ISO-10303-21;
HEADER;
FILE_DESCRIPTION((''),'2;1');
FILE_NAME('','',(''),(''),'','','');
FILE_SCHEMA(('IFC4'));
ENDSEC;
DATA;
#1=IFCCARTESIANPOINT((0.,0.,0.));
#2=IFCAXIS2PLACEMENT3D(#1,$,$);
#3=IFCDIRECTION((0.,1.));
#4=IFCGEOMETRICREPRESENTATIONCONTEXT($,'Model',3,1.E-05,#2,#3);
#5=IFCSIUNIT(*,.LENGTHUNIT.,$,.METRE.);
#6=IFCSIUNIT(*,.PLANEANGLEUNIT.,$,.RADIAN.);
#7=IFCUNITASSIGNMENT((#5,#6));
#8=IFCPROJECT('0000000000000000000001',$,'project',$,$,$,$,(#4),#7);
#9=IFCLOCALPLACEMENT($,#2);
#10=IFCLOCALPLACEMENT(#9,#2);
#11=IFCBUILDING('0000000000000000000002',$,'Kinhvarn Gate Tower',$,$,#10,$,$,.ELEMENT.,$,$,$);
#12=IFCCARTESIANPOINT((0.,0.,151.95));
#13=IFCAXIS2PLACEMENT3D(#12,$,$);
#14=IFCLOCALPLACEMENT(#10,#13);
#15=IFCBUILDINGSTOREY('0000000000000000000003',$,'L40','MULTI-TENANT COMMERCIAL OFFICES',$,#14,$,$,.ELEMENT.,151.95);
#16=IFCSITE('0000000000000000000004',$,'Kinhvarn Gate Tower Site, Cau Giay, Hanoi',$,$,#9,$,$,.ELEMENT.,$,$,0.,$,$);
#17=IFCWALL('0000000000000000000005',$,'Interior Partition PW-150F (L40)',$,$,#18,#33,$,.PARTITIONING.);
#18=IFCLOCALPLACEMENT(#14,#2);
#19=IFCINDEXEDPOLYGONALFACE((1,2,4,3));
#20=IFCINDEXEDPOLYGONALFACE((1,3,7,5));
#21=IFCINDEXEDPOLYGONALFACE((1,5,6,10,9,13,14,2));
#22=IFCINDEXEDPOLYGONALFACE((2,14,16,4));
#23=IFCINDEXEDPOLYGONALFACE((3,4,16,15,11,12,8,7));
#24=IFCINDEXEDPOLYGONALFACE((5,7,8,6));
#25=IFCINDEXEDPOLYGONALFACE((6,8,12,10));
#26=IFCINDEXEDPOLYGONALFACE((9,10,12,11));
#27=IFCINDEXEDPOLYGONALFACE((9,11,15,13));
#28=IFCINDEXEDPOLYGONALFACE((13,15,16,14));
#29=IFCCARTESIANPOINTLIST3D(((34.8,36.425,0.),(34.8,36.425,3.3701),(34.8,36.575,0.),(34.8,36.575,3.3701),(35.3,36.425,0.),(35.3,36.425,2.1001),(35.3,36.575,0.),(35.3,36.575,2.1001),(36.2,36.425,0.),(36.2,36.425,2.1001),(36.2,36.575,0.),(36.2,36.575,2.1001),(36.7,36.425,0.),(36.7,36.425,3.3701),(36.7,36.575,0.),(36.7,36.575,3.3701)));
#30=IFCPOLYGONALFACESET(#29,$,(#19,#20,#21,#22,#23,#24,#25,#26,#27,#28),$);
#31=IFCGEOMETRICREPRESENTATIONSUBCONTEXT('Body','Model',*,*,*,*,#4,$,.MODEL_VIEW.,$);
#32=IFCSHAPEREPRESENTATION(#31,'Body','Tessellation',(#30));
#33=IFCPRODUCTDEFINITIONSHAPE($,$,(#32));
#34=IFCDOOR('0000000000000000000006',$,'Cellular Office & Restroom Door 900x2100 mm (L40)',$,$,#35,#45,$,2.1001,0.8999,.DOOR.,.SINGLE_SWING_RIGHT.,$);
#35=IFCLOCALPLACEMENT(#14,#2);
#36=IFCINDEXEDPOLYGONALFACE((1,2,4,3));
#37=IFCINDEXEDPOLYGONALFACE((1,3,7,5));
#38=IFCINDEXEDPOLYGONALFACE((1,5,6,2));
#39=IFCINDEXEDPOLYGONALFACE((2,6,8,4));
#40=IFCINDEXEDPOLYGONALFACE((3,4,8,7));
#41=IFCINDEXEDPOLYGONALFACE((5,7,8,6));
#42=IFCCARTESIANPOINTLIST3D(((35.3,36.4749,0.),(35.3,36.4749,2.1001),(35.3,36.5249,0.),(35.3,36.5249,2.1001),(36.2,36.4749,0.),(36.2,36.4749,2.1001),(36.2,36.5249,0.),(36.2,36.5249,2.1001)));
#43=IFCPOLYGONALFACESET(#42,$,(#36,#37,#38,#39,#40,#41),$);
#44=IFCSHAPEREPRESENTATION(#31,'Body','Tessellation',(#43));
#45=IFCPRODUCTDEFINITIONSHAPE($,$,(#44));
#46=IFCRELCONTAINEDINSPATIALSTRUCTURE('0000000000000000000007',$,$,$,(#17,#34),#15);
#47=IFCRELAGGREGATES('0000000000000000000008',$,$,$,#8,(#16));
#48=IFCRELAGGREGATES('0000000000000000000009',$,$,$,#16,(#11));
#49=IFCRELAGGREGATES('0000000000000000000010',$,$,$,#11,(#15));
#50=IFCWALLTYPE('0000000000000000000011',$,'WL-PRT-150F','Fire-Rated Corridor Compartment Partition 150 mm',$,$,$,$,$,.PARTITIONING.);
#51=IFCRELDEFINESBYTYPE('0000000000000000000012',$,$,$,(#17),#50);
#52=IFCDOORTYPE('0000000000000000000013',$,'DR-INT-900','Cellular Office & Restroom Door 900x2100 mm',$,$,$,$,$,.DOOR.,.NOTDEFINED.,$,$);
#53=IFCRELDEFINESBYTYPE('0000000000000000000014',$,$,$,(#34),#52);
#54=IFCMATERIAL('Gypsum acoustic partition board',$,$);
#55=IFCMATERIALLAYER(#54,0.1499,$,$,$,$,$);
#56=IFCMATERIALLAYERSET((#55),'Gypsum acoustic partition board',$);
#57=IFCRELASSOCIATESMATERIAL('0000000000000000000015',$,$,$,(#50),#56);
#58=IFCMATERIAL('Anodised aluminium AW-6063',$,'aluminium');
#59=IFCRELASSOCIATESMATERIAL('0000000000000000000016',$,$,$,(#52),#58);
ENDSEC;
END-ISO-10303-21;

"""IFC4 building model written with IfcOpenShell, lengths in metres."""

from ifc_helpers import new_model, si_unit, direction, frame, frame_2d, origin, place, context, subcontext, project, spatial, rectangle, extrude, material, layer, layer_set, type_object, element, fill, save


model = new_model("IFC4")

# Units and contexts
model_context = context("Model", 3, precision=1e-05, world=origin(), true_north=direction((0.0, 1.0)))
body_context = subcontext(model_context, "Body", "Model", "MODEL_VIEW")
ifc_project = project(units=[si_unit("LENGTHUNIT", "METRE"), si_unit("PLANEANGLEUNIT", "RADIAN")], contexts=[model_context])

# Site, building, storey
site_placement = place(None, origin())
site = spatial("IfcSite", under=ifc_project, at=site_placement, Name="Kinhvarn Gate Tower Site, Cau Giay, Hanoi", CompositionType="ELEMENT", RefElevation=0.0)
building_placement = place(site_placement, origin())
building = spatial("IfcBuilding", under=site, at=building_placement, Name="Kinhvarn Gate Tower", CompositionType="ELEMENT")
storey_placement = place(building_placement, frame((0.0, 0.0, 151.95)))
storey = spatial("IfcBuildingStorey", under=building, at=storey_placement, Name="L40", Description="MULTI-TENANT COMMERCIAL OFFICES", CompositionType="ELEMENT", Elevation=151.95)

# Shared definitions
ifc_material_1 = material(Name="Anodised aluminium AW-6063", Category="aluminium")

# Shared definitions
ifc_material_2 = material(Name="Gypsum acoustic partition board")

# Wall, opening, door
ifc_layer_1 = layer(ifc_material_2, 0.1499)
ifc_layer_set_1 = layer_set([ifc_layer_1], Name="Gypsum acoustic partition board")
wall_type_1 = type_object("IfcWallType", Name="WL-PRT-150F", Description="Fire-Rated Corridor Compartment Partition 150 mm", PredefinedType="PARTITIONING", material=ifc_layer_set_1)
wall_1_placement = place(storey_placement, frame((34.8, 36.5, 0.0), z_axis=(0.0, 0.0, 1.0), x_axis=(1.0, 0.0, 0.0)))
wall_1 = element("IfcWall", 1, at=wall_1_placement, inside=storey, type_object=wall_type_1, Name="Interior Partition PW-150F (L40)", PredefinedType="PARTITIONING", context=body_context, shape_type="SweptSolid", body=[
    extrude(rectangle(XDim=1.8999, YDim=0.1499, at=frame_2d((0.95, 0.0))), origin(), (0.0, 0.0, 1.0), 3.3701),
])
opening_placement = place(wall_1_placement, frame((0.5, 0.0, 0.0)))
opening = element("IfcOpeningElement", 2, at=opening_placement, cuts=wall_1, PredefinedType="OPENING", context=body_context, shape_type="SweptSolid", body=[
    extrude(rectangle(XDim=0.8999, YDim=2.1001, at=frame_2d((0.45, 1.05))), frame((0.0, 0.085, 0.0), z_axis=(0.0, -1.0, 0.0), x_axis=(1.0, 0.0, 0.0)), (0.0, 0.0, 1.0), 0.1699),
])
door_type = type_object("IfcDoorType", Name="DR-INT-900", Description="Cellular Office & Restroom Door 900x2100 mm", OperationType="NOTDEFINED", PredefinedType="DOOR", material=ifc_material_1)
door_placement = place(opening_placement, origin())
door = element("IfcDoor", 3, at=door_placement, inside=storey, type_object=door_type, Name="Cellular Office & Restroom Door 900x2100 mm (L40)", OperationType="SINGLE_SWING_RIGHT", OverallHeight=2.1001, OverallWidth=0.8999, PredefinedType="DOOR", context=body_context, shape_type="SweptSolid", body=[
    extrude(rectangle(XDim=0.8999, YDim=2.1001, at=frame_2d((0.45, 1.05))), frame((0.0, 0.0249, 0.0), z_axis=(0.0, -1.0, 0.0), x_axis=(1.0, 0.0, 0.0)), (0.0, 0.0, 1.0), 0.05),
])
fill(opening, door)

save(model, "model.ifc")
